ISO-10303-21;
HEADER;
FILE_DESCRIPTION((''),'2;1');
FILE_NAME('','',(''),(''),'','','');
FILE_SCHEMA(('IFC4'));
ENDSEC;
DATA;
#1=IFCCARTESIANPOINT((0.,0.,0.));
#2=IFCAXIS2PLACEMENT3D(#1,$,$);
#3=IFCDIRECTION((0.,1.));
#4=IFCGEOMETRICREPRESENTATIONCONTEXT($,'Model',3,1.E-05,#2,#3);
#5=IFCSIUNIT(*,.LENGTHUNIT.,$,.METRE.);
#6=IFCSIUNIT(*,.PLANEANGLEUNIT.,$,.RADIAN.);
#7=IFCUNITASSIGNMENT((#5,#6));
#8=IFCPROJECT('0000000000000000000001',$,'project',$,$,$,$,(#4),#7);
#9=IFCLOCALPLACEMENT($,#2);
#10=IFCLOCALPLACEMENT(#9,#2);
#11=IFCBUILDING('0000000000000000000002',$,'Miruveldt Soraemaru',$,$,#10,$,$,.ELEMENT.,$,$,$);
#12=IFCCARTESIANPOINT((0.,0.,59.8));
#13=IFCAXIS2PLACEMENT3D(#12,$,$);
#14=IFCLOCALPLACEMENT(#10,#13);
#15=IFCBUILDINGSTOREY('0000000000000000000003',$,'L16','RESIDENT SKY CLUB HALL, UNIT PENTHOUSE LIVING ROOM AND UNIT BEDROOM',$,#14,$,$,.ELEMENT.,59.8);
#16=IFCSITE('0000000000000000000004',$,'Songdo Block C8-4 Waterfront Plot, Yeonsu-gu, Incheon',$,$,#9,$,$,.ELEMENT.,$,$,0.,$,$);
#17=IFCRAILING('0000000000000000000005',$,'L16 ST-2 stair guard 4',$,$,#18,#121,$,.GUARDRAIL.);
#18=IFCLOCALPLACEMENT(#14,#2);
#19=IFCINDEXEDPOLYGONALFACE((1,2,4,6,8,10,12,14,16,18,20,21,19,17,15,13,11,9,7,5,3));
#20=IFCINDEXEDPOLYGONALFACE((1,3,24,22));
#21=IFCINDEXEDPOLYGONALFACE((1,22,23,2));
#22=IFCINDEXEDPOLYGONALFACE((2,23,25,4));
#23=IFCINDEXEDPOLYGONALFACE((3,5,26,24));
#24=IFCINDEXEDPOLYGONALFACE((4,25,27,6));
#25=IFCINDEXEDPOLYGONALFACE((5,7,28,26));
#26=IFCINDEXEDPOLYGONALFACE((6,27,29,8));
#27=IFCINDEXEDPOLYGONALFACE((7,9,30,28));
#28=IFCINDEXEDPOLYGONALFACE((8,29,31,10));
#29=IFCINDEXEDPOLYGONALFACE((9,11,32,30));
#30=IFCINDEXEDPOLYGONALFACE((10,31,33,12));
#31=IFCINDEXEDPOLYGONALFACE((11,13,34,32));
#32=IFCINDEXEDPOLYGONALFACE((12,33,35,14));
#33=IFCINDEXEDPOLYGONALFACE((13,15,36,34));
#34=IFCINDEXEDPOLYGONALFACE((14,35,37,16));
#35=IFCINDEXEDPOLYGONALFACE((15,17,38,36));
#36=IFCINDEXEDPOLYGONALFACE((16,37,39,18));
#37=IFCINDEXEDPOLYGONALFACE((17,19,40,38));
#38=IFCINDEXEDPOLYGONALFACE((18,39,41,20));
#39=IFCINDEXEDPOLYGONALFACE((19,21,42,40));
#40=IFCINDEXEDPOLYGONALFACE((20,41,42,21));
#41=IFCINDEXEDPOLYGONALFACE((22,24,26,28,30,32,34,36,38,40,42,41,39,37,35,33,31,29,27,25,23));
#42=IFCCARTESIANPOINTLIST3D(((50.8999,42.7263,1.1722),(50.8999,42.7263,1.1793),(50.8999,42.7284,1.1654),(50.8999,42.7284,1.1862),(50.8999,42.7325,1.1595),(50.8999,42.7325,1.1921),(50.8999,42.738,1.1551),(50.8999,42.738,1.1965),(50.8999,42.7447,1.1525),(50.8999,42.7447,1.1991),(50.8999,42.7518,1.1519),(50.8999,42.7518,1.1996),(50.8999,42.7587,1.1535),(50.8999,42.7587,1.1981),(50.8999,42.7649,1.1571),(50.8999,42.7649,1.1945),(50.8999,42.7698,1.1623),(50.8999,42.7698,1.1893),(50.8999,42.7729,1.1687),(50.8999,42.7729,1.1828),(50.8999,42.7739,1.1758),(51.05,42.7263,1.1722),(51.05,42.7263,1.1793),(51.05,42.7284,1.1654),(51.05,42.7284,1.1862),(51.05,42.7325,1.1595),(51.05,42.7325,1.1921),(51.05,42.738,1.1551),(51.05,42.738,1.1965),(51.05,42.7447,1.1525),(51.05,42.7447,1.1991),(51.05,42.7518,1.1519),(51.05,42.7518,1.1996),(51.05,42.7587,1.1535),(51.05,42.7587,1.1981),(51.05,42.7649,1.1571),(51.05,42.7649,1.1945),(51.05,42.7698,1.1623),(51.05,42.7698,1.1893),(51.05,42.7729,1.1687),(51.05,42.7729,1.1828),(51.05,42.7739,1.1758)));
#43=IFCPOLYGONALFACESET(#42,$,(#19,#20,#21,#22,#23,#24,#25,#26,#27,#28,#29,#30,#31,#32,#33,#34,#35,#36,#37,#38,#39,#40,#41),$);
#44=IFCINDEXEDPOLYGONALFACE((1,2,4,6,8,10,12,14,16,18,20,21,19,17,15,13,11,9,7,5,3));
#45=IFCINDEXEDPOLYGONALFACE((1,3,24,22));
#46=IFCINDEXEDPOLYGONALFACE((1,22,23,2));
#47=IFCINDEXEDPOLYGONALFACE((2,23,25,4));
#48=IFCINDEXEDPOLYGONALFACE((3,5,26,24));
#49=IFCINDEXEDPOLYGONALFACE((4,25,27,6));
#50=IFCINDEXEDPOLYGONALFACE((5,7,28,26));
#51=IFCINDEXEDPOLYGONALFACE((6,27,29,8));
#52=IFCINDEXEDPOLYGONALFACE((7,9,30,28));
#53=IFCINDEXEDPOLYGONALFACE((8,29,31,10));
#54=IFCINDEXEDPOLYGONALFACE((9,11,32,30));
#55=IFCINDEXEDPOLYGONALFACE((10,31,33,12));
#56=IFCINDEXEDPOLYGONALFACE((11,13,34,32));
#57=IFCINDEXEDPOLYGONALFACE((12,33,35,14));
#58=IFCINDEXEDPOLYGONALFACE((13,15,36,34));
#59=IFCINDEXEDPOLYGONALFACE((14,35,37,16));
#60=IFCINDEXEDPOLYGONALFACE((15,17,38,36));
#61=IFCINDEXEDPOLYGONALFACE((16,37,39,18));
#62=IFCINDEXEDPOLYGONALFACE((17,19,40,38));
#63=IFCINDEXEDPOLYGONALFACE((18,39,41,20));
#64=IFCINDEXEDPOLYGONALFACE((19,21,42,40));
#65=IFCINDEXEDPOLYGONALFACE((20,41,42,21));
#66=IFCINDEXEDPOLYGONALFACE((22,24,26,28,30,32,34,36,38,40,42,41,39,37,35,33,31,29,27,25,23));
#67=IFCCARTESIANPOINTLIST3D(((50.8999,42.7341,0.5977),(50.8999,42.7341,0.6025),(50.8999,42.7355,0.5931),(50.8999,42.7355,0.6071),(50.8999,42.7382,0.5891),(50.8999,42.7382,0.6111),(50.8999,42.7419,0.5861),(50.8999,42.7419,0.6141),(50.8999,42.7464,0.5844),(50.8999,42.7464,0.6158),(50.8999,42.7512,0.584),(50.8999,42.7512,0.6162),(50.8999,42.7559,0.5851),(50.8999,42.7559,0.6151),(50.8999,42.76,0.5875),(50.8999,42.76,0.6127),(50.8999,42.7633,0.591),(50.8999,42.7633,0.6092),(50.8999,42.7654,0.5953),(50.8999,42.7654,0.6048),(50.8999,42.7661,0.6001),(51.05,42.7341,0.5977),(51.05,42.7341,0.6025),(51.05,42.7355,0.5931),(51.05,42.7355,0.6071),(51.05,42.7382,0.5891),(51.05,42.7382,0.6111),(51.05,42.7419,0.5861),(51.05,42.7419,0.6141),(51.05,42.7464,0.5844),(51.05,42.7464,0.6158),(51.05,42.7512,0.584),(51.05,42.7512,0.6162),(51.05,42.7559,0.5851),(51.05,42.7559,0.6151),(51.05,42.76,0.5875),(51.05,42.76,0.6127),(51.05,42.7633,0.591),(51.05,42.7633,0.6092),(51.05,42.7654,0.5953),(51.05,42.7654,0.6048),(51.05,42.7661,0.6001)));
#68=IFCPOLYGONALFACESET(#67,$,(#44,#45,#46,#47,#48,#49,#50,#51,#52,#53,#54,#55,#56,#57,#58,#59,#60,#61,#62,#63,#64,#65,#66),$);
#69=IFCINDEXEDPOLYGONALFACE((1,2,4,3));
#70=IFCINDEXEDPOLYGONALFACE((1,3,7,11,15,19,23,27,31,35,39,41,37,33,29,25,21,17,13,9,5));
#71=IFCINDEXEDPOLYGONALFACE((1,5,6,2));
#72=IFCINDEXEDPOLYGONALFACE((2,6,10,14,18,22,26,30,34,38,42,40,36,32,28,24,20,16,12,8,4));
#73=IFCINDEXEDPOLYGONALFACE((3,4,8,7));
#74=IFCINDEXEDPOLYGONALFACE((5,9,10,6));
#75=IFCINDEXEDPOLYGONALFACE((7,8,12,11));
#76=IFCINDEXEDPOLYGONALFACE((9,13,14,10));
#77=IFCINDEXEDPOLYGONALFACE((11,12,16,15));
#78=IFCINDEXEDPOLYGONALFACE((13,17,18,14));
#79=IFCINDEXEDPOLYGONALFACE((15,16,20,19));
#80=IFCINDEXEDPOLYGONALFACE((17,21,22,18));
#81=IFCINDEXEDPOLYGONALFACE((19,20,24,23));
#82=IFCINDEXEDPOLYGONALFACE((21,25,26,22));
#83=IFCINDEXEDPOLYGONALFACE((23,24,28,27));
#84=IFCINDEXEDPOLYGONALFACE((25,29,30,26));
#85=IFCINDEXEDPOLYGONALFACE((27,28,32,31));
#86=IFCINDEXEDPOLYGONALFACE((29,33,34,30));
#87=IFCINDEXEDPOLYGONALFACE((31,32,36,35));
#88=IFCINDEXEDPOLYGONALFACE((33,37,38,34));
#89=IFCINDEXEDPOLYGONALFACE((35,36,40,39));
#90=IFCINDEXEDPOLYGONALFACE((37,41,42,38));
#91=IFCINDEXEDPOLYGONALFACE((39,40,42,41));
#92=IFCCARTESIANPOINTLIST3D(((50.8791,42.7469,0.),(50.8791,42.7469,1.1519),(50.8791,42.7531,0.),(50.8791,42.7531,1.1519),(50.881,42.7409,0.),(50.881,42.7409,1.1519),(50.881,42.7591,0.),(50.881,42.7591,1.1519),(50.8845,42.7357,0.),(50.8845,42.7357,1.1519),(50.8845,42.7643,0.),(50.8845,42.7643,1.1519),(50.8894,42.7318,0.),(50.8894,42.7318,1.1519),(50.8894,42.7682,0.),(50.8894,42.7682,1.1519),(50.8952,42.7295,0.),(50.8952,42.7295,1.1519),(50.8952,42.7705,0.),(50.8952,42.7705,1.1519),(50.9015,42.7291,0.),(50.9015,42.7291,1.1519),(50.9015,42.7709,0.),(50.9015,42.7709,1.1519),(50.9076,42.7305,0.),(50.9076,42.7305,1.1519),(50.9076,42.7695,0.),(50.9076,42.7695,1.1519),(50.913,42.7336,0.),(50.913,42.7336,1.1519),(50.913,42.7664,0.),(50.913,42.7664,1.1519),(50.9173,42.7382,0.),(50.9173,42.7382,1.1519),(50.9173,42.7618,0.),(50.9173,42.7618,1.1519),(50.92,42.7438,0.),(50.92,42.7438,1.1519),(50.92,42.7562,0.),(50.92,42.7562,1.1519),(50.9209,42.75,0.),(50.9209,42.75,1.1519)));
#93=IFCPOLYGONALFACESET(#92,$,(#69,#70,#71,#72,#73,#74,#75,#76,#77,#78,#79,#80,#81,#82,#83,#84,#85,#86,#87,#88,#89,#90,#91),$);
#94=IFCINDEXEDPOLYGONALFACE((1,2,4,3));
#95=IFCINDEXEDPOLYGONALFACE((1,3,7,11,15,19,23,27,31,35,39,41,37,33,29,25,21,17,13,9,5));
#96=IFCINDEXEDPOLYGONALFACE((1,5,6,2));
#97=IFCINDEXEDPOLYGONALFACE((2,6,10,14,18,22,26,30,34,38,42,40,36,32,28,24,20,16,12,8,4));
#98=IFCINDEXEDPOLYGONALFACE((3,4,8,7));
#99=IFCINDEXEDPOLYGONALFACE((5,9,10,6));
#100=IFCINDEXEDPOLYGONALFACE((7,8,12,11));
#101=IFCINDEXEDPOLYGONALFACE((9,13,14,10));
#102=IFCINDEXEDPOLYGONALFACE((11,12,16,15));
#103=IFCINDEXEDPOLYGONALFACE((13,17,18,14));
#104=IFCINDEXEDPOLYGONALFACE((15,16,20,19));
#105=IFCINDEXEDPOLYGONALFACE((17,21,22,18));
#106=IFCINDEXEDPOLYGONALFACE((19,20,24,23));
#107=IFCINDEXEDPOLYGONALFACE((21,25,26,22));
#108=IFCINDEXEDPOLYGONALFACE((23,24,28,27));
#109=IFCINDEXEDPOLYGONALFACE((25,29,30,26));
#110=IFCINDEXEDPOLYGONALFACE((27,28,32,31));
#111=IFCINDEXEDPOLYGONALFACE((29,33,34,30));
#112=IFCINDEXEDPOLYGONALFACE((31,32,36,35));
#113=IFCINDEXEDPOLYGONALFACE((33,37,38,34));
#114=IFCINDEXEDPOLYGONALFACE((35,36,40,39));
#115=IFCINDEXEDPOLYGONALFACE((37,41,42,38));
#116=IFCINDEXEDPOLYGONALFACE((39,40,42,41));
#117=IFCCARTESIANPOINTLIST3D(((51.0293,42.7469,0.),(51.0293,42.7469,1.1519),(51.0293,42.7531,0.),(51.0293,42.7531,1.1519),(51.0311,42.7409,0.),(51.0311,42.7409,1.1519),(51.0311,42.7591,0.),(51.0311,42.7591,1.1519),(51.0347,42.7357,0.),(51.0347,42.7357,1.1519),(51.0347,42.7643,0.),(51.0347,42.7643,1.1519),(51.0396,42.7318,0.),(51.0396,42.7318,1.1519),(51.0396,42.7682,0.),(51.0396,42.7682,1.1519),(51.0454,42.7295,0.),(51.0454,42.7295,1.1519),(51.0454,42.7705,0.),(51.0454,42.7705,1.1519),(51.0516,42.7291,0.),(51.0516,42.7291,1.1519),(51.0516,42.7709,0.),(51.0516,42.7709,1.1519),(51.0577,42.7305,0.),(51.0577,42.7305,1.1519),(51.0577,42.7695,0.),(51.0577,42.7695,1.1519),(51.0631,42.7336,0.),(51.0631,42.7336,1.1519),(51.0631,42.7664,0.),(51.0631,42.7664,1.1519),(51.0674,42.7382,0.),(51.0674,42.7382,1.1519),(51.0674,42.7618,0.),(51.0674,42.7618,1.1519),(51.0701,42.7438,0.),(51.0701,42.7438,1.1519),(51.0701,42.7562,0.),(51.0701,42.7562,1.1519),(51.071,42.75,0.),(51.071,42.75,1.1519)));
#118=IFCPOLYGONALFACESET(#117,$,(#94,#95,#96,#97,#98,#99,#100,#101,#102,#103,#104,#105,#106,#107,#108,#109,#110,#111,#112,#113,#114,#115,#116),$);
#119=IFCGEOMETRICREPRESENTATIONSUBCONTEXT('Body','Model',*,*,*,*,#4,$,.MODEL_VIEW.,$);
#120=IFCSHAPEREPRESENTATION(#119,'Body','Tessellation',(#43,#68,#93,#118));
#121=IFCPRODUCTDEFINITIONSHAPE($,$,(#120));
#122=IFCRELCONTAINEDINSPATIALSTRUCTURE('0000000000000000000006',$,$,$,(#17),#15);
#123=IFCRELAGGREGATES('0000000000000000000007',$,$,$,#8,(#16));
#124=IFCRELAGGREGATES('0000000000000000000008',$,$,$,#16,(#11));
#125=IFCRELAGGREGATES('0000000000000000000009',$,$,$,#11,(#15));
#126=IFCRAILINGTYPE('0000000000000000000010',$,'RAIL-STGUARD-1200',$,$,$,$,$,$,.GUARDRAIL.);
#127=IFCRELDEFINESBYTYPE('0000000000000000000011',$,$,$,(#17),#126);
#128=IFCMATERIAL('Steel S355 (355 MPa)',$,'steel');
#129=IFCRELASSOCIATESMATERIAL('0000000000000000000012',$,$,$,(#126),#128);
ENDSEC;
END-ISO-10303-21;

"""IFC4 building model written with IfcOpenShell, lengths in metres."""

from ifc_helpers import new_model, si_unit, direction, frame, origin, origin_2d, place, context, subcontext, project, spatial, circle, extrude, material, type_object, element, save


model = new_model("IFC4")

# Units and contexts
model_context = context("Model", 3, precision=1e-05, world=origin(), true_north=direction((0.0, 1.0)))
body_context = subcontext(model_context, "Body", "Model", "MODEL_VIEW")
ifc_project = project(units=[si_unit("LENGTHUNIT", "METRE"), si_unit("PLANEANGLEUNIT", "RADIAN")], contexts=[model_context])

# Site, building, storey
site_placement = place(None, origin())
site = spatial("IfcSite", under=ifc_project, at=site_placement, Name="Songdo Block C8-4 Waterfront Plot, Yeonsu-gu, Incheon", CompositionType="ELEMENT", RefElevation=0.0)
building_placement = place(site_placement, origin())
building = spatial("IfcBuilding", under=site, at=building_placement, Name="Miruveldt Soraemaru", CompositionType="ELEMENT")
storey_placement = place(building_placement, frame((0.0, 0.0, 59.8)))
storey = spatial("IfcBuildingStorey", under=building, at=storey_placement, Name="L16", Description="RESIDENT SKY CLUB HALL, UNIT PENTHOUSE LIVING ROOM AND UNIT BEDROOM", CompositionType="ELEMENT", Elevation=59.8)

# Railing
ifc_material_1 = material(Name="Steel S355 (355 MPa)", Category="steel")
railing_type_1 = type_object("IfcRailingType", Name="RAIL-STGUARD-1200", PredefinedType="GUARDRAIL", material=ifc_material_1)
railing_1_placement = place(storey_placement, frame((50.8999, 42.75, 0.0)))
element("IfcRailing", 1, at=railing_1_placement, inside=storey, type_object=railing_type_1, Name="L16 ST-2 stair guard 4", PredefinedType="GUARDRAIL", context=body_context, shape_type="SweptSolid", body=[
    extrude(circle(Radius=0.0239, at=origin_2d()), frame((0.0, 0.0, 1.1758), z_axis=(1.0, 0.0, 0.0), x_axis=(0.0, 1.0, 0.0)), (0.0, 0.0, 1.0), 0.1501),
    extrude(circle(Radius=0.0161, at=origin_2d()), frame((0.0, 0.0, 0.6001), z_axis=(1.0, 0.0, 0.0), x_axis=(0.0, 1.0, 0.0)), (0.0, 0.0, 1.0), 0.1501),
    extrude(circle(Radius=0.021, at=origin_2d()), origin(), (0.0, 0.0, 1.0), 1.1519),
    extrude(circle(Radius=0.021, at=origin_2d()), frame((0.1501, 0.0, 0.0)), (0.0, 0.0, 1.0), 1.1519),
])

save(model, "model.ifc")
